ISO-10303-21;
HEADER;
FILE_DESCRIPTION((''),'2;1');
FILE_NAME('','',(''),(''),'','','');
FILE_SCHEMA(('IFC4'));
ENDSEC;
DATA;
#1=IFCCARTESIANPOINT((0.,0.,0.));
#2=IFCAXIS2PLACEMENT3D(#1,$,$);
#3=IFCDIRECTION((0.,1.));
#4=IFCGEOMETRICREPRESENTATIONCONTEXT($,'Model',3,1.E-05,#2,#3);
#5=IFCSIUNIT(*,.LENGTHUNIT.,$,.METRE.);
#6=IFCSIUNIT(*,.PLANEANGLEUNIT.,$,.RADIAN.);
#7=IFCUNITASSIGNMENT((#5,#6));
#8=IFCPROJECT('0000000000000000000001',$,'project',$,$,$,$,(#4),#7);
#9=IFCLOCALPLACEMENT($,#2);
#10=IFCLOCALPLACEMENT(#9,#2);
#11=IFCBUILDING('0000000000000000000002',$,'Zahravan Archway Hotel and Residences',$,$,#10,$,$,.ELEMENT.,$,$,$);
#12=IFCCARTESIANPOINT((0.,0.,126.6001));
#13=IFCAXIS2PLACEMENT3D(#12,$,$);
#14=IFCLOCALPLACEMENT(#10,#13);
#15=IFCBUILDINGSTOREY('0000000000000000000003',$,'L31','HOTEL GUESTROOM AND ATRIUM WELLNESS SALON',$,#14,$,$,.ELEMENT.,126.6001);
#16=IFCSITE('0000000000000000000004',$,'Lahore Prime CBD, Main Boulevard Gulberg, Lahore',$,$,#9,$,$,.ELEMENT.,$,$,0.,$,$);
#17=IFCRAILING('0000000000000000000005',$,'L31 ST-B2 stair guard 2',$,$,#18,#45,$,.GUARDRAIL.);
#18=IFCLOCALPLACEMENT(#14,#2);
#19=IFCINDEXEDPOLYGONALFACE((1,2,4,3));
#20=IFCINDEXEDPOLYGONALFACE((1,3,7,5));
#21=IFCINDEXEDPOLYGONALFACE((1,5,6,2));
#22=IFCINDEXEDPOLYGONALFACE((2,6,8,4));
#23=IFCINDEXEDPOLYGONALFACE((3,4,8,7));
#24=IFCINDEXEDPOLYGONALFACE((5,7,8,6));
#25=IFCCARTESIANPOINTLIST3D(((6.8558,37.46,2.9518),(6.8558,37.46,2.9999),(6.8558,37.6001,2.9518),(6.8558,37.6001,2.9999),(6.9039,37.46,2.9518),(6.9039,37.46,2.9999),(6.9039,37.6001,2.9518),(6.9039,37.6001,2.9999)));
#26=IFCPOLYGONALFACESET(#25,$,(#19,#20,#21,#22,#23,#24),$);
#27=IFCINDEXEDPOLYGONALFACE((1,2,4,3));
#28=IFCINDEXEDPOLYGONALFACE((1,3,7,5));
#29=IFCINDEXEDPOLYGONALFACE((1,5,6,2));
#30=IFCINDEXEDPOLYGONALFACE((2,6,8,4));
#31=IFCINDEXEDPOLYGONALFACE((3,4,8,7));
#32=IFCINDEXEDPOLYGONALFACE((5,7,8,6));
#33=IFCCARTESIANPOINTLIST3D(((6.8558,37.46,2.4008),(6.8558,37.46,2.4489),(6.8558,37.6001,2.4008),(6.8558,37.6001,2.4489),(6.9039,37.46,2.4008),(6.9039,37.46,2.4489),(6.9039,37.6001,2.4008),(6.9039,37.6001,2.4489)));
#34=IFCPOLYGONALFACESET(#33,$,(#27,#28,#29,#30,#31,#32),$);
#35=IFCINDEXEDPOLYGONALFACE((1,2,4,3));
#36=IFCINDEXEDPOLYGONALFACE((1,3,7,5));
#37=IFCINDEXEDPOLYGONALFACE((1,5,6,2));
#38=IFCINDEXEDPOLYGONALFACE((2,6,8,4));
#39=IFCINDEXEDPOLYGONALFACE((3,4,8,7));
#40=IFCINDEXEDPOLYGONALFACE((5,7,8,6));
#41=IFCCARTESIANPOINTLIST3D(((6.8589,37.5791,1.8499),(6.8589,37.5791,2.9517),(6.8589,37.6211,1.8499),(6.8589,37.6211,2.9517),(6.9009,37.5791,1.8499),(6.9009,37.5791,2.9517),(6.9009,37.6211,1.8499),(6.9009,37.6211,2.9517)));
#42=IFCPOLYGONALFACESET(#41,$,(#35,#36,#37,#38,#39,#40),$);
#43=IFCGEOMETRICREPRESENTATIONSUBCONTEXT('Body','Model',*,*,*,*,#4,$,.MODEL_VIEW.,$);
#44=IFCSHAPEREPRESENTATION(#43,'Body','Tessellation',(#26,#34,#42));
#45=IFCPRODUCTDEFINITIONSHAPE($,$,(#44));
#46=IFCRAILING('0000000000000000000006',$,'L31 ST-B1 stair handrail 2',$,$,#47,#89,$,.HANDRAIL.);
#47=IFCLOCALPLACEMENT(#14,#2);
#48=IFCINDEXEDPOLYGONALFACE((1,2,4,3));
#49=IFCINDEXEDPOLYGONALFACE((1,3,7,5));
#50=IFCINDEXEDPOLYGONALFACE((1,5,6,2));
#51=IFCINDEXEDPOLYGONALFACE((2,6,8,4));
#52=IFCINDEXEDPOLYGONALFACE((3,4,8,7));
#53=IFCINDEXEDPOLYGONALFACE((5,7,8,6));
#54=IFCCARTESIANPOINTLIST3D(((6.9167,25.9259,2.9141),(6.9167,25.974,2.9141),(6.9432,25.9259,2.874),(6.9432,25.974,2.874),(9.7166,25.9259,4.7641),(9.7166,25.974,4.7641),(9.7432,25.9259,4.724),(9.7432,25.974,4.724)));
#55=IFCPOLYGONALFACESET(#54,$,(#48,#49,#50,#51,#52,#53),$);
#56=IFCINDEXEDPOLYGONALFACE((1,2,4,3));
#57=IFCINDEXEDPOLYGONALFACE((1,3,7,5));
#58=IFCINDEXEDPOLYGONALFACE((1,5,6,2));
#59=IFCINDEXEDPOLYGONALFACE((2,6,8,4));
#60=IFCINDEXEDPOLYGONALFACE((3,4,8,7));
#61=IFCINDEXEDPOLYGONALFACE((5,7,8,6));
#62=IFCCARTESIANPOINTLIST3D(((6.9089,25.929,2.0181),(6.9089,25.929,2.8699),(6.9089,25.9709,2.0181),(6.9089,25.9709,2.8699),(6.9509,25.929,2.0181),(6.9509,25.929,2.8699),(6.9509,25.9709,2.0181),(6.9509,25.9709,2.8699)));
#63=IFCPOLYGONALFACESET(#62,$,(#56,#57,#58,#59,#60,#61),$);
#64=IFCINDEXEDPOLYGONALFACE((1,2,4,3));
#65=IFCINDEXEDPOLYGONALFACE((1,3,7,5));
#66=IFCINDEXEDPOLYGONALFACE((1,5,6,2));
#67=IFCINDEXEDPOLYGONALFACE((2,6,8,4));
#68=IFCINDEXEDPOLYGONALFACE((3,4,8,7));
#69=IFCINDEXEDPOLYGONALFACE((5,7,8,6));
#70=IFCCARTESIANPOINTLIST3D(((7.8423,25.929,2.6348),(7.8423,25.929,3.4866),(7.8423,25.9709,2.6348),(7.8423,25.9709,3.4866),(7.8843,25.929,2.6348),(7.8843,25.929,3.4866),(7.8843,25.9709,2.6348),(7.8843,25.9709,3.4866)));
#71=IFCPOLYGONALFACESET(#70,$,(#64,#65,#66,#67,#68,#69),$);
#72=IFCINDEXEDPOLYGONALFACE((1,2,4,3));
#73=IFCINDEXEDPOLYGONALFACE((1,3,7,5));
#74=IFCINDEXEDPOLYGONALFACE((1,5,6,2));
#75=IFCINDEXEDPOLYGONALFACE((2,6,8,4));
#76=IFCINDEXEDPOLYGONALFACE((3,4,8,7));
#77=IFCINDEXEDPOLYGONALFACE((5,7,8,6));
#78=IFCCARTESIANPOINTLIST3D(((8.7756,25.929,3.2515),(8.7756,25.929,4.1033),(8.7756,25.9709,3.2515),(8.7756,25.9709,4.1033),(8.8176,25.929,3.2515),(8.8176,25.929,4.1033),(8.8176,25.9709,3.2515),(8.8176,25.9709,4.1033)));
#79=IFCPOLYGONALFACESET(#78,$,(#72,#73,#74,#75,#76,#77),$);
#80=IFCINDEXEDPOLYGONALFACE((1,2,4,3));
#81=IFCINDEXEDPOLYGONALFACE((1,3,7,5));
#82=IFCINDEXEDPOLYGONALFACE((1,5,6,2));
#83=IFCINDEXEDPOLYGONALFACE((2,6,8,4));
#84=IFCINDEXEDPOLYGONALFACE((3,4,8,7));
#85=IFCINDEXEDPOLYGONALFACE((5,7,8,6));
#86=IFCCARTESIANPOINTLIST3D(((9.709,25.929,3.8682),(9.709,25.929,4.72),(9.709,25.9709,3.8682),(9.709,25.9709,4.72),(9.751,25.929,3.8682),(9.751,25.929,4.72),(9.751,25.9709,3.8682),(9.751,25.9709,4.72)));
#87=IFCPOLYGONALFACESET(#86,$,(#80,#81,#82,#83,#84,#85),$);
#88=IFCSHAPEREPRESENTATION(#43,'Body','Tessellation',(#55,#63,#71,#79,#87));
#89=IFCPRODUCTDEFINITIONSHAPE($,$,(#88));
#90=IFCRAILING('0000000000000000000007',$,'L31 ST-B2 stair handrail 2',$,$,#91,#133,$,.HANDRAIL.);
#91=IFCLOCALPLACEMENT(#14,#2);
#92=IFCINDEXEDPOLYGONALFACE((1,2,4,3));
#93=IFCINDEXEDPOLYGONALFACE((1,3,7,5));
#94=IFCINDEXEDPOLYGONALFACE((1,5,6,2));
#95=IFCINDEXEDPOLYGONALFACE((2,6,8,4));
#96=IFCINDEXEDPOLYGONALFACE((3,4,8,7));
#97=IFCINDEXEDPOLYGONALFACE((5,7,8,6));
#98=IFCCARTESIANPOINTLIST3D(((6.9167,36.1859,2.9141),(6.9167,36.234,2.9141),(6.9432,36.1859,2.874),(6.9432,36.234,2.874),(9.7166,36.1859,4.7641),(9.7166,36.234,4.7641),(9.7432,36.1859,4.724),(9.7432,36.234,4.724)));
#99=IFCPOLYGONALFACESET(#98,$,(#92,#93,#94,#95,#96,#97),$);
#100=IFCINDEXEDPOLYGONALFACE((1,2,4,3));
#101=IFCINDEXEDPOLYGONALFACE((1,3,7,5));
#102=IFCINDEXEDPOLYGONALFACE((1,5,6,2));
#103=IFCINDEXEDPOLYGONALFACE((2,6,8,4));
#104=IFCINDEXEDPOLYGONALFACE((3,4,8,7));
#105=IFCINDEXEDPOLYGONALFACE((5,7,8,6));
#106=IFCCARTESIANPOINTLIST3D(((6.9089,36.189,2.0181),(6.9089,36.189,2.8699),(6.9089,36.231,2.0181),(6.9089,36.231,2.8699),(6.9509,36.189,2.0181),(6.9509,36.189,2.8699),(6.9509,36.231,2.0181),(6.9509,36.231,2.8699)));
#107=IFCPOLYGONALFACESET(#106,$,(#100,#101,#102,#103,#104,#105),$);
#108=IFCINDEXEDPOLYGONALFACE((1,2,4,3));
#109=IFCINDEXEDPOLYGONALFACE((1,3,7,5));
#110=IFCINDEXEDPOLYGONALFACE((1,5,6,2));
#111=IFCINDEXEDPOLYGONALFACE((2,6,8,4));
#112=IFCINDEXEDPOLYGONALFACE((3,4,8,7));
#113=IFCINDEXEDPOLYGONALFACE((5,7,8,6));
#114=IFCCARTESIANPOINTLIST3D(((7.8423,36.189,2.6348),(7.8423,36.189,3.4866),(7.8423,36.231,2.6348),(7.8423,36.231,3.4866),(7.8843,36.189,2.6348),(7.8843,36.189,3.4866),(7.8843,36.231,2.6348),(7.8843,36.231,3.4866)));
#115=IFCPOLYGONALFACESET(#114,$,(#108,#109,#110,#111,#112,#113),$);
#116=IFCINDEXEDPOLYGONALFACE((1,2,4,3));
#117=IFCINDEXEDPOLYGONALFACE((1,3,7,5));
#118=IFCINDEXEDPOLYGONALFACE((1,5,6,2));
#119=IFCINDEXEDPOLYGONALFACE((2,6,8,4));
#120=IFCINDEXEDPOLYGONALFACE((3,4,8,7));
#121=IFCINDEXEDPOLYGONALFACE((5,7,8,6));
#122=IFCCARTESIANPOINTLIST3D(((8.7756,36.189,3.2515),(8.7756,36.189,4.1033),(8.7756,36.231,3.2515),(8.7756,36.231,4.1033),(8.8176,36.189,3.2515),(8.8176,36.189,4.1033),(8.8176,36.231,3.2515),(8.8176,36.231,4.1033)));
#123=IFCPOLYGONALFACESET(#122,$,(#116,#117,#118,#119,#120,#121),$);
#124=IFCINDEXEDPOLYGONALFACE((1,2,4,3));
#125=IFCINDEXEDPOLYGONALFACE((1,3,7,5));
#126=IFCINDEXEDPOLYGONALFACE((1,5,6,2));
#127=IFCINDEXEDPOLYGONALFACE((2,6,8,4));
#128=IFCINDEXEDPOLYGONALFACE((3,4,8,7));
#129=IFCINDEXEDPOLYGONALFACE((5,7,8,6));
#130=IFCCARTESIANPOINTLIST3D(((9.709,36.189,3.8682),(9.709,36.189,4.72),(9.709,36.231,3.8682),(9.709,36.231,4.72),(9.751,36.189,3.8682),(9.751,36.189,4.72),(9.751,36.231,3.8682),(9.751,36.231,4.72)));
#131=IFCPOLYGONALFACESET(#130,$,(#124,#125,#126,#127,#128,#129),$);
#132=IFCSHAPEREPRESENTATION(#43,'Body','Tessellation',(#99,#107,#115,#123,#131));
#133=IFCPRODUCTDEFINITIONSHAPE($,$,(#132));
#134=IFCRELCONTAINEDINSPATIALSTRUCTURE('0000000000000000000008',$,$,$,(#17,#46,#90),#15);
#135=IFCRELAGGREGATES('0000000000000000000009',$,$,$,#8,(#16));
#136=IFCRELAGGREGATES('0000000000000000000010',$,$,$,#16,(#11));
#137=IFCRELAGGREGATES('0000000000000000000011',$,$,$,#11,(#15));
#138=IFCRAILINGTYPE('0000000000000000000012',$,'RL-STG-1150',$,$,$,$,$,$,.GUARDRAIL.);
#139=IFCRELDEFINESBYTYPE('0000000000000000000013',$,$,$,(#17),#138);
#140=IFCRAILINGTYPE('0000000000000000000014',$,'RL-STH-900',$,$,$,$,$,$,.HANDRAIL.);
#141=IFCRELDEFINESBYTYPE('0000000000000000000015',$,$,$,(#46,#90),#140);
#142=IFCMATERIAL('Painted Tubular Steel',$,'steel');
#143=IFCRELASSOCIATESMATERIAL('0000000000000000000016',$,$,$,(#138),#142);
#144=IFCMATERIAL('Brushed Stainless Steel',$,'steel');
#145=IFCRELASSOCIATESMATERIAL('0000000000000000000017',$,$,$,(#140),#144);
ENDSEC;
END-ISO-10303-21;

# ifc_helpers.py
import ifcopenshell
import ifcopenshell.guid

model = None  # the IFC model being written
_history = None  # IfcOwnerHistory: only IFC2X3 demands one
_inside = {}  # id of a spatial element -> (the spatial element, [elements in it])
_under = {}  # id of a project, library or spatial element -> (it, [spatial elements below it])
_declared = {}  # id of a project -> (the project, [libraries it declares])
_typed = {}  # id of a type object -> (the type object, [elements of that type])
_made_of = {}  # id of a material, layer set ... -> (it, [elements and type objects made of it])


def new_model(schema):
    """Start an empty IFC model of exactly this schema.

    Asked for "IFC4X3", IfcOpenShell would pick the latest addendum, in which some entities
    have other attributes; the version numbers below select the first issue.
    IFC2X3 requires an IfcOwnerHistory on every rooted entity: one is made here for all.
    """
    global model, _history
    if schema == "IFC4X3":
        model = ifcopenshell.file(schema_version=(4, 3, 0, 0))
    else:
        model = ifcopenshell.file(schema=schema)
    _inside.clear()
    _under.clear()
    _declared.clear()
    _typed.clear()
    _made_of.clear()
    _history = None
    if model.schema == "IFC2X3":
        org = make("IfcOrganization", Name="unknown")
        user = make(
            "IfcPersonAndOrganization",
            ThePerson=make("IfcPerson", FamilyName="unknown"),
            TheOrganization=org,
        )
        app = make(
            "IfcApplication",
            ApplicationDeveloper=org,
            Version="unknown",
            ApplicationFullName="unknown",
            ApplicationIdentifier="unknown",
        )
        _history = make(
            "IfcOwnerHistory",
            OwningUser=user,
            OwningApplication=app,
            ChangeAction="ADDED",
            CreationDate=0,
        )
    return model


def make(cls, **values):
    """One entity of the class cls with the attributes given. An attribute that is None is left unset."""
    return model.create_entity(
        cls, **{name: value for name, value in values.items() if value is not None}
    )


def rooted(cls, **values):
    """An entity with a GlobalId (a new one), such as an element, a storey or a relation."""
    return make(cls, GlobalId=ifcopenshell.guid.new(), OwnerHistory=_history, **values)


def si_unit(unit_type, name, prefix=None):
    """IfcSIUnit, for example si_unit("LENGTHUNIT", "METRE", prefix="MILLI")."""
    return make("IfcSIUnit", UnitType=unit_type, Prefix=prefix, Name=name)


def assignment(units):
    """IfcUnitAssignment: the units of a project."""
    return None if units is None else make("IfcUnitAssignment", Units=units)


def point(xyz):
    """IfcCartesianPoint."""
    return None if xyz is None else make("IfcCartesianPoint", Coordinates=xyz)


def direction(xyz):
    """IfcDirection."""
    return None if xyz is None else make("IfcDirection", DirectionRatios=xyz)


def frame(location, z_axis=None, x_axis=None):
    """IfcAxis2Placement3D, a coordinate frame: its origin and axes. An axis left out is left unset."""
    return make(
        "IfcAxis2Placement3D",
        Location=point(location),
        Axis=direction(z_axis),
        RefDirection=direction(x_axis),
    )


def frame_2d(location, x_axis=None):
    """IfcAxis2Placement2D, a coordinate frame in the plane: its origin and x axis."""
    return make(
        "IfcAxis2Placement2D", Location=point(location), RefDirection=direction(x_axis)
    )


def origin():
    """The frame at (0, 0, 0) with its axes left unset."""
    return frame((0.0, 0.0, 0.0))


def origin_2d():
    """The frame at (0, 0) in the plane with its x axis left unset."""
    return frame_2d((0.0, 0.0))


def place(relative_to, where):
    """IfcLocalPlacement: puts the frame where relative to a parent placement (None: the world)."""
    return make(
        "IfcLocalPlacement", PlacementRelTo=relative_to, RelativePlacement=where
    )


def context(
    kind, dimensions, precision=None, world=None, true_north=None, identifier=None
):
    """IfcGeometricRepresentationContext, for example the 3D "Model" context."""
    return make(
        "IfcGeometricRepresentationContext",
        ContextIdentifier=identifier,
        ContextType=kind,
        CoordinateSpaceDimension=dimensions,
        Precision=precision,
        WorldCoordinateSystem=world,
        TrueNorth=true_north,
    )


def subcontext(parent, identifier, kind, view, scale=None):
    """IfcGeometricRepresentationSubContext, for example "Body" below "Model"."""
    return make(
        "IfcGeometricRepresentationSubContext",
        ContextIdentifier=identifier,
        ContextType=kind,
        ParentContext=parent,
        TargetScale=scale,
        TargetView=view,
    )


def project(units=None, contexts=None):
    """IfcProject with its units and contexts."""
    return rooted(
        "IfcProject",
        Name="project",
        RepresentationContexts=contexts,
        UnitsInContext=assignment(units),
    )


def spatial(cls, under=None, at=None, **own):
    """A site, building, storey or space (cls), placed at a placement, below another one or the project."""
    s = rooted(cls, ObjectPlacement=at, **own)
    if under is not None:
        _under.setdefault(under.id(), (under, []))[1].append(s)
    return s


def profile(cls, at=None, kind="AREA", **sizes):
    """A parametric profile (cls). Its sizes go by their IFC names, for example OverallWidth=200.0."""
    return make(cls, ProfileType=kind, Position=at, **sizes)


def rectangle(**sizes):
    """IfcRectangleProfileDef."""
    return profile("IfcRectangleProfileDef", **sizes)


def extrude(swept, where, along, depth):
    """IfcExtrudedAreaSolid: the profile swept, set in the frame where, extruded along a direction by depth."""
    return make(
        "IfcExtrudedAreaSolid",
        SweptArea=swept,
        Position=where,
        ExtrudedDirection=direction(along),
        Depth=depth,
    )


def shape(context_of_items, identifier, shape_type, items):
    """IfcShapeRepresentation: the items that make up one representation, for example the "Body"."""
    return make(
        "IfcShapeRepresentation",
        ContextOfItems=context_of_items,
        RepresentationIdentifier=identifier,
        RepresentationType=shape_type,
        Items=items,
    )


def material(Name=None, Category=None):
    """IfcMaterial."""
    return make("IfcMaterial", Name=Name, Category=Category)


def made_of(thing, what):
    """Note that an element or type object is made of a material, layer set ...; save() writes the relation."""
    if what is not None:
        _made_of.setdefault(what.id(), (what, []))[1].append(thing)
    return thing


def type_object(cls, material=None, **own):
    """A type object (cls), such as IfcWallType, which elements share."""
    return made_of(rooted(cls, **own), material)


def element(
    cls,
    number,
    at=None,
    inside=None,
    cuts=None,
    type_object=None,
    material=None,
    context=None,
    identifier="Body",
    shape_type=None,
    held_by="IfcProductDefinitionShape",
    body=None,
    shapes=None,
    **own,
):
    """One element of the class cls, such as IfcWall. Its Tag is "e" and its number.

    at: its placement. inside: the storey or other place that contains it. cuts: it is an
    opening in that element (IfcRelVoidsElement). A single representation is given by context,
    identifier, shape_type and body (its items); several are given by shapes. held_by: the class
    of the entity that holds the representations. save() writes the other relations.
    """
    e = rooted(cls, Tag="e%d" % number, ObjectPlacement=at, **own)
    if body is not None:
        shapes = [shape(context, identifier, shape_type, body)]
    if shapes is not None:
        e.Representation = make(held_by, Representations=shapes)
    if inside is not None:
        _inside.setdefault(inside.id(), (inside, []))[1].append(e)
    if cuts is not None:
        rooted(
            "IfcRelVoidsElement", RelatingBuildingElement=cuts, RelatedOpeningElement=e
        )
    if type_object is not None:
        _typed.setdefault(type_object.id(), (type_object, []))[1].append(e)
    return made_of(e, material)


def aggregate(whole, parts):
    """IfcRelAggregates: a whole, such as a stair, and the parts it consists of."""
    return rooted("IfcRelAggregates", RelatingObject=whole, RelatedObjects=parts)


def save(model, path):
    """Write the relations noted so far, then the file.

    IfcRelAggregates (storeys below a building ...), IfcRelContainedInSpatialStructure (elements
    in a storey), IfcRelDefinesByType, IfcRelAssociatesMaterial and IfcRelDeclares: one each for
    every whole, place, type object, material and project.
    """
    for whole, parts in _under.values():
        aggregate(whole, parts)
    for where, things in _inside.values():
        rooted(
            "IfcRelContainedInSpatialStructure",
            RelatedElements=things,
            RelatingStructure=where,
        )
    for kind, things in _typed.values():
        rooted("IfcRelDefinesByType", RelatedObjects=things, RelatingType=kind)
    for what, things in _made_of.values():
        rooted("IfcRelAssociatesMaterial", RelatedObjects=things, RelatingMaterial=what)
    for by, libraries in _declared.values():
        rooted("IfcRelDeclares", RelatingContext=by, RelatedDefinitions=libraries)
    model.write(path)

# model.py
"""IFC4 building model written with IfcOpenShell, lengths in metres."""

from ifc_helpers import new_model, si_unit, direction, frame, origin, origin_2d, place, context, subcontext, project, spatial, rectangle, extrude, material, type_object, element, save


model = new_model("IFC4")

# Units and contexts
model_context = context("Model", 3, precision=1e-05, world=origin(), true_north=direction((0.0, 1.0)))
body_context = subcontext(model_context, "Body", "Model", "MODEL_VIEW")
ifc_project = project(units=[si_unit("LENGTHUNIT", "METRE"), si_unit("PLANEANGLEUNIT", "RADIAN")], contexts=[model_context])

# Site, building, storey
site_placement = place(None, origin())
site = spatial("IfcSite", under=ifc_project, at=site_placement, Name="Lahore Prime CBD, Main Boulevard Gulberg, Lahore", CompositionType="ELEMENT", RefElevation=0.0)
building_placement = place(site_placement, origin())
building = spatial("IfcBuilding", under=site, at=building_placement, Name="Zahravan Archway Hotel and Residences", CompositionType="ELEMENT")
storey_placement = place(building_placement, frame((0.0, 0.0, 126.6001)))
storey = spatial("IfcBuildingStorey", under=building, at=storey_placement, Name="L31", Description="HOTEL GUESTROOM AND ATRIUM WELLNESS SALON", CompositionType="ELEMENT", Elevation=126.6001)

# Shared definitions
ifc_material_1 = material(Name="Brushed Stainless Steel", Category="steel")

# Railings
ifc_material_2 = material(Name="Painted Tubular Steel", Category="steel")
railing_type_1 = type_object("IfcRailingType", Name="RL-STG-1150", PredefinedType="GUARDRAIL", material=ifc_material_2)
railing_1_placement = place(storey_placement, frame((6.8799, 37.6001, 1.8499)))
element("IfcRailing", 1, at=railing_1_placement, inside=storey, type_object=railing_type_1, Name="L31 ST-B2 stair guard 2", PredefinedType="GUARDRAIL", context=body_context, shape_type="SweptSolid", body=[
    extrude(rectangle(XDim=0.0481, YDim=0.0481, at=origin_2d()), frame((0.0, 0.0, 1.126), z_axis=(0.0, -1.0, 0.0), x_axis=(1.0, 0.0, 0.0)), (0.0, 0.0, 1.0), 0.1401),
    extrude(rectangle(XDim=0.0481, YDim=0.0481, at=origin_2d()), frame((0.0, 0.0, 0.575), z_axis=(0.0, -1.0, 0.0), x_axis=(1.0, 0.0, 0.0)), (0.0, 0.0, 1.0), 0.1401),
    extrude(rectangle(XDim=0.042, YDim=0.042, at=origin_2d()), origin(), (0.0, 0.0, 1.0), 1.1018),
])
railing_type_2 = type_object("IfcRailingType", Name="RL-STH-900", PredefinedType="HANDRAIL", material=ifc_material_1)
for number, where, name in (
    (2, (6.9299, 25.95, 2.0181), "L31 ST-B1 stair handrail 2"),
    (3, (6.9299, 36.21, 2.0181), "L31 ST-B2 stair handrail 2"),
):
    element("IfcRailing", number, at=place(storey_placement, frame(where)), inside=storey, type_object=railing_type_2, Name=name, PredefinedType="HANDRAIL", context=body_context, shape_type="SweptSolid", body=[
        extrude(rectangle(XDim=0.0481, YDim=0.0481, at=origin_2d()), frame((0.0, 0.0, 0.876), z_axis=(0.834326, 0.0, 0.551271), x_axis=(0.0, 1.0, 0.0)), (0.0, 0.0, 1.0), 3.356),
        extrude(rectangle(XDim=0.042, YDim=0.042, at=origin_2d()), origin(), (0.0, 0.0, 1.0), 0.8518),
        extrude(rectangle(XDim=0.042, YDim=0.042, at=origin_2d()), frame((0.9333, 0.0, 0.6167)), (0.0, 0.0, 1.0), 0.8518),
        extrude(rectangle(XDim=0.042, YDim=0.042, at=origin_2d()), frame((1.8667, 0.0, 1.2334)), (0.0, 0.0, 1.0), 0.8518),
        extrude(rectangle(XDim=0.042, YDim=0.042, at=origin_2d()), frame((2.8, 0.0, 1.8501)), (0.0, 0.0, 1.0), 0.8518),
    ])

save(model, "model.ifc")
